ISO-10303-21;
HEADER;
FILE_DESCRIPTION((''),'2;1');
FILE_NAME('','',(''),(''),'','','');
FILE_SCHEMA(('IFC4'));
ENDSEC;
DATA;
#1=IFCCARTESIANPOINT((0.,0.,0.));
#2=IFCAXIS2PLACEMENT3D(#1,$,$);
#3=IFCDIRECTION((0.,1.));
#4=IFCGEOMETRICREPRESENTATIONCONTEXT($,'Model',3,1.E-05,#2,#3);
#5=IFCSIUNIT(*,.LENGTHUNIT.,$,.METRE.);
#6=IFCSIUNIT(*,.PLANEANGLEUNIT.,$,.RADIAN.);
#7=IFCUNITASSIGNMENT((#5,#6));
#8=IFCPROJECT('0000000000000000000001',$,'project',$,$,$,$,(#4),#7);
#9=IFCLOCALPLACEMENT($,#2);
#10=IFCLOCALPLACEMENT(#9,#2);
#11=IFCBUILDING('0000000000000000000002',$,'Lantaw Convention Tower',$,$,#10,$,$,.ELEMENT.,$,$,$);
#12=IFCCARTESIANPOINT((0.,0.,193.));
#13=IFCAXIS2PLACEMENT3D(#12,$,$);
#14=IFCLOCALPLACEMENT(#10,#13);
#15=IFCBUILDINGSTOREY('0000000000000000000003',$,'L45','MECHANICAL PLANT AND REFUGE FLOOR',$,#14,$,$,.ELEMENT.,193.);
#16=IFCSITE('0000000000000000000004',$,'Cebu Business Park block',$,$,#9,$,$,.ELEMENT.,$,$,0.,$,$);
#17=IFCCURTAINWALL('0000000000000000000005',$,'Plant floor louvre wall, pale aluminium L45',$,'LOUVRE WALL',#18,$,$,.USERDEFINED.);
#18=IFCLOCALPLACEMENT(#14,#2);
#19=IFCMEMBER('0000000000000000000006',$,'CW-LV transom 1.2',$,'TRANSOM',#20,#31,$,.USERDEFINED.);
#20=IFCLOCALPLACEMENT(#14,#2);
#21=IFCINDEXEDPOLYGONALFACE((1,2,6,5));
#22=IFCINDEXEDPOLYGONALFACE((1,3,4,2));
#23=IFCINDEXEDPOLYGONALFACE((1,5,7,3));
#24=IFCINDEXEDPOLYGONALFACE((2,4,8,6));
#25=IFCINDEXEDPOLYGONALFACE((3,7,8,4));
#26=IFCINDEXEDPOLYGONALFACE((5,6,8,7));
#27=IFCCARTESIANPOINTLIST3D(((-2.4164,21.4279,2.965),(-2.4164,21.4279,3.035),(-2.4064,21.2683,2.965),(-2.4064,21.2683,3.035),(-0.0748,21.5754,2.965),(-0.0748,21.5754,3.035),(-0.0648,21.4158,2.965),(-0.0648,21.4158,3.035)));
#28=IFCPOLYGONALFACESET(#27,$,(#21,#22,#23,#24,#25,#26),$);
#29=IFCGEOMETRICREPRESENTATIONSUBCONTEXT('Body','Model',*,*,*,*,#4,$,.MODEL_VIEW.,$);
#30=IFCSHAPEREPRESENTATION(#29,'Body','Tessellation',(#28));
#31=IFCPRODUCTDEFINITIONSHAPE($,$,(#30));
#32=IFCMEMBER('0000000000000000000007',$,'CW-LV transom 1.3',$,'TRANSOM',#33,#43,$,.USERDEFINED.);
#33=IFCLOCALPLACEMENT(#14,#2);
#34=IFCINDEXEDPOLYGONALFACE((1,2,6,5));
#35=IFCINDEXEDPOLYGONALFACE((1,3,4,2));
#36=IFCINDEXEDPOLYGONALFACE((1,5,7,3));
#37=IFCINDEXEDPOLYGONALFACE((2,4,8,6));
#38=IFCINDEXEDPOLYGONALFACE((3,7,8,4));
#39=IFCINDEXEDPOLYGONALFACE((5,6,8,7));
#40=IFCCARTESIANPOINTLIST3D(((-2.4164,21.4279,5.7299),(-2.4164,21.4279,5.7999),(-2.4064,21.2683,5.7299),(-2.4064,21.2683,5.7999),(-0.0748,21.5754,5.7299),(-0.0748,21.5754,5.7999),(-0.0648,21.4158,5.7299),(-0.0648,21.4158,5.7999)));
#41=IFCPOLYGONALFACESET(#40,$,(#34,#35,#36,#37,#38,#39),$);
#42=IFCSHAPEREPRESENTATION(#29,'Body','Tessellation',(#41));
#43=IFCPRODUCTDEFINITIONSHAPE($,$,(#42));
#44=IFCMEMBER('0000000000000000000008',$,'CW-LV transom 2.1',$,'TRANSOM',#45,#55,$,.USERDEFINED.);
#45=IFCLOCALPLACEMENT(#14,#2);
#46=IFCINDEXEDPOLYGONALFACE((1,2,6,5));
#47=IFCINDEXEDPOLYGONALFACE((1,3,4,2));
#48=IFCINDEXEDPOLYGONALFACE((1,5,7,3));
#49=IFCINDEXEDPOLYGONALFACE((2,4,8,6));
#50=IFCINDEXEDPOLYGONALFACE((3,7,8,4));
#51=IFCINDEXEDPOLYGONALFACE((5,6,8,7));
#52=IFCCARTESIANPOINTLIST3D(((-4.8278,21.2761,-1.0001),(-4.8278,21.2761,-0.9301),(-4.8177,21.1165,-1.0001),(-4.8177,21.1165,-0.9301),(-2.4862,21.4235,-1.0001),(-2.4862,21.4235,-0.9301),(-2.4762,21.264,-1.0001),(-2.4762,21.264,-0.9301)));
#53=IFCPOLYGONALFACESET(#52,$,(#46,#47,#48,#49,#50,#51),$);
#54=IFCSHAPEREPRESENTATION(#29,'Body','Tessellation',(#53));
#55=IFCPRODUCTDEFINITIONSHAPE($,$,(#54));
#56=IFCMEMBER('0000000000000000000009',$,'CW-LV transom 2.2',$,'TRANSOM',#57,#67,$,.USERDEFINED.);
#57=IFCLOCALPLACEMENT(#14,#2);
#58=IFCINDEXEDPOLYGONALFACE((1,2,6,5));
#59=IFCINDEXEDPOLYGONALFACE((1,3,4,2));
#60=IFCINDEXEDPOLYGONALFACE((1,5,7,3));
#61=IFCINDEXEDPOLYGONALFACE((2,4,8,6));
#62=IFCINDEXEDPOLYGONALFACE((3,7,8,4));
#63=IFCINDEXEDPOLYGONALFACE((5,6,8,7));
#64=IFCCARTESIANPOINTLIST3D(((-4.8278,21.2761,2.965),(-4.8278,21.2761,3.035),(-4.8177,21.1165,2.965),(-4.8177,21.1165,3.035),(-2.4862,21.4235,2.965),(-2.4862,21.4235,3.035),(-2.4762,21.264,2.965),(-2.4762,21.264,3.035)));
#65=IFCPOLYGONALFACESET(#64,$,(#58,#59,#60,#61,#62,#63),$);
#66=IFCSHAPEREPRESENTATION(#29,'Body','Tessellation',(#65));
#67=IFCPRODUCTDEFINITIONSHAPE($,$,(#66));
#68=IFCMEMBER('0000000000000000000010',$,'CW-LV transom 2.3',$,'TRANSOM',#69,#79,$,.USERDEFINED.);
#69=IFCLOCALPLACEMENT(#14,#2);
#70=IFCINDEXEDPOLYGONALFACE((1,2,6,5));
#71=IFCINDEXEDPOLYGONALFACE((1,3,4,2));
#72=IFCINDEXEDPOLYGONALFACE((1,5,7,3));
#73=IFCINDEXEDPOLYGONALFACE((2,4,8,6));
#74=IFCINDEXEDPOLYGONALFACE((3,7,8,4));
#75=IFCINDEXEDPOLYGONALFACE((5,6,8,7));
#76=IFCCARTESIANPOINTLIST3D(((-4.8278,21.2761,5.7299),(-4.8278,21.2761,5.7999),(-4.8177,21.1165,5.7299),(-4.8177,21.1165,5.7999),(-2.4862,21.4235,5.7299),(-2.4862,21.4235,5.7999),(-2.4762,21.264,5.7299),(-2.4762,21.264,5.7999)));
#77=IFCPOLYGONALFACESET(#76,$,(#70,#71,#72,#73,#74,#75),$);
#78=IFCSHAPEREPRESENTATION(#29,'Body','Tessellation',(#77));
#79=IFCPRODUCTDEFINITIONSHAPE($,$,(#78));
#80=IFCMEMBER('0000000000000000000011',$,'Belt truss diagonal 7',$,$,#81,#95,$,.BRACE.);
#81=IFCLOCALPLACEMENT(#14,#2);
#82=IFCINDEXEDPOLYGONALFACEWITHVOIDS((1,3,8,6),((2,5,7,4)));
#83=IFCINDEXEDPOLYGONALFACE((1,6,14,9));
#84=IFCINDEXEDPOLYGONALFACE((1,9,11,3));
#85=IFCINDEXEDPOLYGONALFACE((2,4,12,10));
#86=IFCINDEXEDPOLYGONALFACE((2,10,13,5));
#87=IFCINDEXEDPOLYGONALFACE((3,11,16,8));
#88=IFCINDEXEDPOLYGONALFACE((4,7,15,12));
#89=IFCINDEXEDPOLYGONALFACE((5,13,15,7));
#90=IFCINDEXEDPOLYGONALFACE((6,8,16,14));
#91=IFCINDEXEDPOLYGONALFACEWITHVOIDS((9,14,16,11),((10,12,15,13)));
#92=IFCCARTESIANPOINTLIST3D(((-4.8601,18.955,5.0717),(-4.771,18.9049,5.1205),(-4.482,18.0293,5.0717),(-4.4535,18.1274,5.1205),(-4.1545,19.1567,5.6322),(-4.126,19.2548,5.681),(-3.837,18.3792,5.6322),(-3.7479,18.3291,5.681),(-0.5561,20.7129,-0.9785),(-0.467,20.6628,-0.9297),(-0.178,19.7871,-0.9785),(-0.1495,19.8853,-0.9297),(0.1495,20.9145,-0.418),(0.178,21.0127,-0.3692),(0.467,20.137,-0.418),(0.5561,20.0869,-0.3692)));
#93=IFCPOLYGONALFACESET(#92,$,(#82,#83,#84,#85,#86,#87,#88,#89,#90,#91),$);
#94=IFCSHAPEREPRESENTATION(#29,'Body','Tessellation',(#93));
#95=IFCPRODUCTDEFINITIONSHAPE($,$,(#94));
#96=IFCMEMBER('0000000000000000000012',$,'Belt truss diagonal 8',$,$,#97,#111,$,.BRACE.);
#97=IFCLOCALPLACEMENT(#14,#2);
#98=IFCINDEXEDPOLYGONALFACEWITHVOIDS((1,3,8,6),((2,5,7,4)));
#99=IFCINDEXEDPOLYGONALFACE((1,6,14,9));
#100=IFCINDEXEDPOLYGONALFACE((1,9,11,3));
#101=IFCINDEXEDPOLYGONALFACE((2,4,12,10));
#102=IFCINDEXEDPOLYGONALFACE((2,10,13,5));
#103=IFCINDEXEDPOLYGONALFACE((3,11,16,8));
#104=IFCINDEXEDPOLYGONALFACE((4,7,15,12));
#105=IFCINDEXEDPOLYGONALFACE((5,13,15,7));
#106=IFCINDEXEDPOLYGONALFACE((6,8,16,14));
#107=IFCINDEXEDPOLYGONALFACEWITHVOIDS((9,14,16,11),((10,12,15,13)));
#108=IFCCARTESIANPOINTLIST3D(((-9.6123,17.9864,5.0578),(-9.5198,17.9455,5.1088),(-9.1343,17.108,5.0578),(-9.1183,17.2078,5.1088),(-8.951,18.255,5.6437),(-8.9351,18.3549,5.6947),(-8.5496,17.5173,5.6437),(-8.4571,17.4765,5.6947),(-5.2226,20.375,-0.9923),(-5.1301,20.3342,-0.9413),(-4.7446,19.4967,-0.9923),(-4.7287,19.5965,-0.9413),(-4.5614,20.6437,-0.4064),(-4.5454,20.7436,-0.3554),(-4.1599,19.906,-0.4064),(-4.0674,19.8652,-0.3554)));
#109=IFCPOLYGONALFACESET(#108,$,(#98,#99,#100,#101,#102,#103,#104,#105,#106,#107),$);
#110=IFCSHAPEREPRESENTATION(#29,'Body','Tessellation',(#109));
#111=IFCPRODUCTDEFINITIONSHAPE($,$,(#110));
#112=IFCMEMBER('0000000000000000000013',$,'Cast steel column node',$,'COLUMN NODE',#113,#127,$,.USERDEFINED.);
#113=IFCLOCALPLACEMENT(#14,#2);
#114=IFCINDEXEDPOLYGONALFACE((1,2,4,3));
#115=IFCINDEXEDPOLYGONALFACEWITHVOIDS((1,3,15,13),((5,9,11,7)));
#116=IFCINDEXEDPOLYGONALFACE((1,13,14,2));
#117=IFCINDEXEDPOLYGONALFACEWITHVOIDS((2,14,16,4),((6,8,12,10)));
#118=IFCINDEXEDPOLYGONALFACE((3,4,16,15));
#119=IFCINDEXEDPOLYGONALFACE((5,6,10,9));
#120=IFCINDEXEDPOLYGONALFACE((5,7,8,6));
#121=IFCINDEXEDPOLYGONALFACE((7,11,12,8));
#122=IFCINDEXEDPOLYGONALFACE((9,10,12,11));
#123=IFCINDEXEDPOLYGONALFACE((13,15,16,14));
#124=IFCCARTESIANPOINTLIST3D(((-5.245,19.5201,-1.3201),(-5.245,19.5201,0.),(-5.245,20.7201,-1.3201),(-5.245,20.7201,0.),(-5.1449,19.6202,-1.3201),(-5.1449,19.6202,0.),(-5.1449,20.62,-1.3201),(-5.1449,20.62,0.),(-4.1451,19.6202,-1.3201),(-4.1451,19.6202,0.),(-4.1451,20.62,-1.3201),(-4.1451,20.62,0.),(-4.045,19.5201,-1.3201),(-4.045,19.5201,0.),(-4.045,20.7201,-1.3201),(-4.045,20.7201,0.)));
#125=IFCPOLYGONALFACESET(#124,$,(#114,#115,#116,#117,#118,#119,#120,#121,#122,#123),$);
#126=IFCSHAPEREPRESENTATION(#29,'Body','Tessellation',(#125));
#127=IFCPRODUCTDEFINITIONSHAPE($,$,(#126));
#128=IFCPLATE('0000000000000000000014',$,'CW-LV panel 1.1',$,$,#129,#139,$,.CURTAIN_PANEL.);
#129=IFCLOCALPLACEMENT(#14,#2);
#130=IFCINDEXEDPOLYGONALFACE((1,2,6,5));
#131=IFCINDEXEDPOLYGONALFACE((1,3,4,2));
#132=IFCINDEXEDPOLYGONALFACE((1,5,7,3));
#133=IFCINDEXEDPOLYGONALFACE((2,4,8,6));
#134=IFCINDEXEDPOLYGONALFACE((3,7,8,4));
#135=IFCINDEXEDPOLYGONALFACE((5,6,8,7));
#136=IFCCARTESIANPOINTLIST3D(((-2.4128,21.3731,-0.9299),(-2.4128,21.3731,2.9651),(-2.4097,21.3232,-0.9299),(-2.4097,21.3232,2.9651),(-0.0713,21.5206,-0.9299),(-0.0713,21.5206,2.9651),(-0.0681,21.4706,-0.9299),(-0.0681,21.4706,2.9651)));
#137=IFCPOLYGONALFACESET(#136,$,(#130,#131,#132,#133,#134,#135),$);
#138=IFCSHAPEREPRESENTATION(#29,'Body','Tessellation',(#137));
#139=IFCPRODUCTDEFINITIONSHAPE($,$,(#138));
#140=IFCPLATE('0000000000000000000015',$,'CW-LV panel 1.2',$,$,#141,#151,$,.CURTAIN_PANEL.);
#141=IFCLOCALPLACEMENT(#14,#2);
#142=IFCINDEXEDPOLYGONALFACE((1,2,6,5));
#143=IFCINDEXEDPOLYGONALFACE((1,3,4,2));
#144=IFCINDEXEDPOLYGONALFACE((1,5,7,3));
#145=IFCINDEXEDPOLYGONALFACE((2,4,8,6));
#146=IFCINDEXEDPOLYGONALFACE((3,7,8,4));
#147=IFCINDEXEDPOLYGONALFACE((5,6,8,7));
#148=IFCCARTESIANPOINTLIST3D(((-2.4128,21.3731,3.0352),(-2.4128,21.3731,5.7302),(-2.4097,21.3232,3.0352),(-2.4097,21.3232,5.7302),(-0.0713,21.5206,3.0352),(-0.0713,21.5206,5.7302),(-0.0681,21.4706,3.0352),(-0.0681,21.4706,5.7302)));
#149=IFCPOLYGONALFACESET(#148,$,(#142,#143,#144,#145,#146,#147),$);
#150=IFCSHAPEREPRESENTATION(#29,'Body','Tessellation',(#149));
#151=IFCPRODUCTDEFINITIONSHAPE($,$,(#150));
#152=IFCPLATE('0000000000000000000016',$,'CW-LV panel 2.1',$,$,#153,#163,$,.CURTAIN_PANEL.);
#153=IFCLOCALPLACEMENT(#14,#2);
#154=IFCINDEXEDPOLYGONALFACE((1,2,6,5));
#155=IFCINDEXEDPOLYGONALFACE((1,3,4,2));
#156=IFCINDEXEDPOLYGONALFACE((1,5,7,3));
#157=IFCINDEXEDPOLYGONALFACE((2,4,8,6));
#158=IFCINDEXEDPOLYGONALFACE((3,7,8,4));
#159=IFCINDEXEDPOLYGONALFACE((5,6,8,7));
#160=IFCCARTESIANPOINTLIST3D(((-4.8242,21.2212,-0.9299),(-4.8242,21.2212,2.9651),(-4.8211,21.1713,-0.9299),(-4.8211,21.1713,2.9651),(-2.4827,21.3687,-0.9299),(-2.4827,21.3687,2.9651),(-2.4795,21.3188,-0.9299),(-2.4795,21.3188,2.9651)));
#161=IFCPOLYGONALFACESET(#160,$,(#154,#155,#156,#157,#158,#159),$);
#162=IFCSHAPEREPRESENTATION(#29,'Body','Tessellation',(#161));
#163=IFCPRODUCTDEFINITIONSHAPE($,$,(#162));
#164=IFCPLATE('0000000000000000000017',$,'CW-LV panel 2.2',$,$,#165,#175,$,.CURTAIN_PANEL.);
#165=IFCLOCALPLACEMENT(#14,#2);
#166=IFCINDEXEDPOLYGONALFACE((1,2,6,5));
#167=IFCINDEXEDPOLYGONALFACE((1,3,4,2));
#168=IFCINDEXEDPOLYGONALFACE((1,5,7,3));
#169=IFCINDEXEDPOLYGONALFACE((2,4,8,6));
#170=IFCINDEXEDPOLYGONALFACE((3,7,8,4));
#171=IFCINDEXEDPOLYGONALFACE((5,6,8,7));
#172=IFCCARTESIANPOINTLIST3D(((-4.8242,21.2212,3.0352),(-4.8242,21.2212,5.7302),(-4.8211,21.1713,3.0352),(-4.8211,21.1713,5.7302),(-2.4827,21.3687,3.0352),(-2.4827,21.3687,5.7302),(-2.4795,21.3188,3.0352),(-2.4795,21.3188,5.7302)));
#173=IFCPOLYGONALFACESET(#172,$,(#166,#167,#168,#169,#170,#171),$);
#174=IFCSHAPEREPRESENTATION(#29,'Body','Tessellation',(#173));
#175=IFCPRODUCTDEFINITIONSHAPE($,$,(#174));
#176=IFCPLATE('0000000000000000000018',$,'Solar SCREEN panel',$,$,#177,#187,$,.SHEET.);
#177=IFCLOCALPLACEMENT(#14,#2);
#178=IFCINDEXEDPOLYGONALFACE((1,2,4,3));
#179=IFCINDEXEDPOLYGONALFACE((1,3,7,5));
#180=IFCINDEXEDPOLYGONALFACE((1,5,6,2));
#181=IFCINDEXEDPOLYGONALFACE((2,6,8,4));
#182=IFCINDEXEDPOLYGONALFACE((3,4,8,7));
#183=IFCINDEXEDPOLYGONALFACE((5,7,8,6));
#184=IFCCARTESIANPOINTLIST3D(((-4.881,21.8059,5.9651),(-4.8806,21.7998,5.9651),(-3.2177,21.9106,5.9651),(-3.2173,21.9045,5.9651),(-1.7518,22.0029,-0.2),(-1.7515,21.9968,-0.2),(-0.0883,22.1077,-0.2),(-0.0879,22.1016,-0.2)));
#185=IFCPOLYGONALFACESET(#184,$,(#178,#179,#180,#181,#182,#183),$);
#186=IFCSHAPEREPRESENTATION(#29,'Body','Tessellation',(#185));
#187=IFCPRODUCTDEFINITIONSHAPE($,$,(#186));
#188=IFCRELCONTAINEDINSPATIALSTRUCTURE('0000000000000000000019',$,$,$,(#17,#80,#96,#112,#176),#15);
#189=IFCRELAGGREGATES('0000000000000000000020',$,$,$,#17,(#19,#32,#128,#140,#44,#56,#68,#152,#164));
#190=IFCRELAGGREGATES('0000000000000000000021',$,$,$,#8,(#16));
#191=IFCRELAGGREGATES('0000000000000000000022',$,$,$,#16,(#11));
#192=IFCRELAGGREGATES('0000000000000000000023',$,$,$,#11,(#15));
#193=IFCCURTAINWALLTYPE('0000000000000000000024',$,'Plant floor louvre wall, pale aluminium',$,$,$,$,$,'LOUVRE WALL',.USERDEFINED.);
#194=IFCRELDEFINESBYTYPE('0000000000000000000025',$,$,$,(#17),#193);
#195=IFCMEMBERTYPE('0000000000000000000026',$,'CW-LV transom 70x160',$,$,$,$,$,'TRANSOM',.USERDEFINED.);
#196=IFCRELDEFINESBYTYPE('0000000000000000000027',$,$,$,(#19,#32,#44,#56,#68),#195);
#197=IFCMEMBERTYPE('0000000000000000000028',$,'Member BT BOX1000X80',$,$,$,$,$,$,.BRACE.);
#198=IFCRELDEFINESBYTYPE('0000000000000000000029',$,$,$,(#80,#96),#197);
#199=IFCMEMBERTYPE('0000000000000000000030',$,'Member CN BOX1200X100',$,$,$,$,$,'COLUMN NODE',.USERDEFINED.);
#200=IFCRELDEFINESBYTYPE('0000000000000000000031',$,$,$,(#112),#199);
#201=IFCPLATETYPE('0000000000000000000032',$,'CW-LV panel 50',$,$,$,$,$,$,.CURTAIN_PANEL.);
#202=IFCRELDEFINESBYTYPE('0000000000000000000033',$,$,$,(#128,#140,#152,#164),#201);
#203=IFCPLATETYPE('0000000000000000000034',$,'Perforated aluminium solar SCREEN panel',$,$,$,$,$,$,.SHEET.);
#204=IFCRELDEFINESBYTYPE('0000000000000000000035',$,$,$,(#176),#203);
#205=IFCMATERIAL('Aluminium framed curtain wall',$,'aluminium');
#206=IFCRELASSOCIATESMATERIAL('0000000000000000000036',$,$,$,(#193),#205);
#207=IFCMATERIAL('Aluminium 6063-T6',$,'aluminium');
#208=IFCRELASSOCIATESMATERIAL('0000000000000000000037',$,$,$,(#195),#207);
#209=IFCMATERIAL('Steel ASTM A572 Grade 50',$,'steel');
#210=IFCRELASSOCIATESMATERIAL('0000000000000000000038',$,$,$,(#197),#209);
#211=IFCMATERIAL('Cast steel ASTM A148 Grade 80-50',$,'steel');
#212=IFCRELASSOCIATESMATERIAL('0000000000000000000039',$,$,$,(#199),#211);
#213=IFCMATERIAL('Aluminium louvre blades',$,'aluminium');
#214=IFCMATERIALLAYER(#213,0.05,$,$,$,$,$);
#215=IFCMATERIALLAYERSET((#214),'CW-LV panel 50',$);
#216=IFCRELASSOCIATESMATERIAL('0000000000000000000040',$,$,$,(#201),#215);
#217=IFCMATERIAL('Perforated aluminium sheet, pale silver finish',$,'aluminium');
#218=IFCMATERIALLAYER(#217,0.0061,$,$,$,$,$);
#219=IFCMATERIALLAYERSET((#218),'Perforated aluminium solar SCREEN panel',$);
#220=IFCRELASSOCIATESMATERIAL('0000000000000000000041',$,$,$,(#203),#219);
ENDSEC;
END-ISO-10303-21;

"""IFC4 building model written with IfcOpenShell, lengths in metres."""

from ifc_helpers import new_model, si_unit, direction, frame, origin, origin_2d, place, context, subcontext, project, spatial, polyline, rectangle, hollow_rectangle, outline, extrude, material, layer, layer_set, material_profile, profile_set, type_object, element, aggregate, save


model = new_model("IFC4")

# Units and contexts
model_context = context("Model", 3, precision=1e-05, world=origin(), true_north=direction((0.0, 1.0)))
body_context = subcontext(model_context, "Body", "Model", "MODEL_VIEW")
ifc_project = project(units=[si_unit("LENGTHUNIT", "METRE"), si_unit("PLANEANGLEUNIT", "RADIAN")], contexts=[model_context])

# Site, building, storey
site_placement = place(None, origin())
site = spatial("IfcSite", under=ifc_project, at=site_placement, Name="Cebu Business Park block", CompositionType="ELEMENT", RefElevation=0.0)
building_placement = place(site_placement, origin())
building = spatial("IfcBuilding", under=site, at=building_placement, Name="Lantaw Convention Tower", CompositionType="ELEMENT")
storey_placement = place(building_placement, frame((0.0, 0.0, 193.0)))
storey = spatial("IfcBuildingStorey", under=building, at=storey_placement, Name="L45", Description="MECHANICAL PLANT AND REFUGE FLOOR", CompositionType="ELEMENT", Elevation=193.0)

# Curtain wall, members
ifc_material_1 = material(Name="Aluminium framed curtain wall", Category="aluminium")
curtain_wall_type = type_object("IfcCurtainWallType", Name="Plant floor louvre wall, pale aluminium", ElementType="LOUVRE WALL", PredefinedType="USERDEFINED", material=ifc_material_1)
curtain_wall_placement = place(storey_placement, origin())
curtain_wall = element("IfcCurtainWall", 1, at=curtain_wall_placement, inside=storey, type_object=curtain_wall_type, Name="Plant floor louvre wall, pale aluminium L45", ObjectType="LOUVRE WALL", PredefinedType="USERDEFINED")
ifc_material_2 = material(Name="Aluminium 6063-T6", Category="aluminium")
ifc_material_profile_1 = material_profile(ifc_material_2, rectangle(XDim=0.1599, YDim=0.0701, at=origin_2d()), Name="CW-LV transom 70x160")
ifc_profile_set_1 = profile_set([ifc_material_profile_1], Name="Aluminium 6063-T6")
member_type_1 = type_object("IfcMemberType", Name="CW-LV transom 70x160", ElementType="TRANSOM", PredefinedType="USERDEFINED", material=ifc_profile_set_1)
member_1_placement = place(storey_placement, frame((-0.0698, 21.4956, 3.0), z_axis=(-0.998023, -0.062851, 0.0), x_axis=(0.062851, -0.998023, 0.0)))
member_1 = element("IfcMember", 2, at=member_1_placement, type_object=member_type_1, Name="CW-LV transom 1.2", ObjectType="TRANSOM", PredefinedType="USERDEFINED", context=body_context, shape_type="SweptSolid", body=[
    extrude(rectangle(XDim=0.1599, YDim=0.0701, at=origin_2d()), origin(), (0.0, 0.0, 1.0), 2.3462),
])
member_2_placement = place(storey_placement, frame((-0.0698, 21.4956, 5.7649), z_axis=(-0.998023, -0.062851, 0.0), x_axis=(0.062851, -0.998023, 0.0)))
member_2 = element("IfcMember", 3, at=member_2_placement, type_object=member_type_1, Name="CW-LV transom 1.3", ObjectType="TRANSOM", PredefinedType="USERDEFINED", context=body_context, shape_type="SweptSolid", body=[
    extrude(rectangle(XDim=0.1599, YDim=0.0701, at=origin_2d()), origin(), (0.0, 0.0, 1.0), 2.3462),
])
member_3_placement = place(storey_placement, frame((-2.4812, 21.3438, -0.9651), z_axis=(-0.998023, -0.062851, 0.0), x_axis=(0.062851, -0.998023, 0.0)))
member_3 = element("IfcMember", 4, at=member_3_placement, type_object=member_type_1, Name="CW-LV transom 2.1", ObjectType="TRANSOM", PredefinedType="USERDEFINED", context=body_context, shape_type="SweptSolid", body=[
    extrude(rectangle(XDim=0.1599, YDim=0.0701, at=origin_2d()), origin(), (0.0, 0.0, 1.0), 2.3462),
])
member_4_placement = place(storey_placement, frame((-2.4812, 21.3438, 3.0), z_axis=(-0.998023, -0.062851, 0.0), x_axis=(0.062851, -0.998023, 0.0)))
member_4 = element("IfcMember", 5, at=member_4_placement, type_object=member_type_1, Name="CW-LV transom 2.2", ObjectType="TRANSOM", PredefinedType="USERDEFINED", context=body_context, shape_type="SweptSolid", body=[
    extrude(rectangle(XDim=0.1599, YDim=0.0701, at=origin_2d()), origin(), (0.0, 0.0, 1.0), 2.3462),
])
member_5_placement = place(storey_placement, frame((-2.4812, 21.3438, 5.7649), z_axis=(-0.998023, -0.062851, 0.0), x_axis=(0.062851, -0.998023, 0.0)))
member_5 = element("IfcMember", 6, at=member_5_placement, type_object=member_type_1, Name="CW-LV transom 2.3", ObjectType="TRANSOM", PredefinedType="USERDEFINED", context=body_context, shape_type="SweptSolid", body=[
    extrude(rectangle(XDim=0.1599, YDim=0.0701, at=origin_2d()), origin(), (0.0, 0.0, 1.0), 2.3462),
])

# Members
ifc_material_3 = material(Name="Steel ASTM A572 Grade 50", Category="steel")
ifc_material_profile_2 = material_profile(ifc_material_3, hollow_rectangle(XDim=1.0, YDim=1.0, WallThickness=0.0801, at=origin_2d()), Name="BOX1000X80")
ifc_profile_set_2 = profile_set([ifc_material_profile_2], Name="Steel ASTM A572 Grade 50")
member_type_2 = type_object("IfcMemberType", Name="Member BT BOX1000X80", PredefinedType="BRACE", material=ifc_profile_set_2)
member_6_placement = place(storey_placement, frame((0.0, 20.3999, -0.6738), z_axis=(-0.564083, -0.230381, 0.792928), x_axis=(0.378099, -0.925765, 0.0)))
element("IfcMember", 7, at=member_6_placement, inside=storey, type_object=member_type_2, Name="Belt truss diagonal 7", PredefinedType="BRACE", context=body_context, shape_type="SweptSolid", body=[
    extrude(hollow_rectangle(XDim=1.0, YDim=1.0, WallThickness=0.0801, at=origin_2d()), origin(), (0.0, 0.0, 1.0), 7.6301),
])
member_7_placement = place(storey_placement, frame((-4.645, 20.1201, -0.6738), z_axis=(-0.559394, -0.3044, 0.770986), x_axis=(0.477976, -0.878373, 0.0)))
element("IfcMember", 8, at=member_7_placement, inside=storey, type_object=member_type_2, Name="Belt truss diagonal 8", PredefinedType="BRACE", context=body_context, shape_type="SweptSolid", body=[
    extrude(hollow_rectangle(XDim=1.0, YDim=1.0, WallThickness=0.0801, at=origin_2d()), origin(), (0.0, 0.0, 1.0), 7.8472),
])
ifc_material_4 = material(Name="Cast steel ASTM A148 Grade 80-50", Category="steel")
ifc_material_profile_3 = material_profile(ifc_material_4, hollow_rectangle(XDim=1.2, YDim=1.2, WallThickness=0.1001, at=origin_2d()), Name="BOX1200X100")
ifc_profile_set_3 = profile_set([ifc_material_profile_3], Name="Cast steel ASTM A148 Grade 80-50")
member_type_3 = type_object("IfcMemberType", Name="Member CN BOX1200X100", ElementType="COLUMN NODE", PredefinedType="USERDEFINED", material=ifc_profile_set_3)
member_8_placement = place(storey_placement, frame((-4.645, 20.1201, -1.3201), z_axis=(0.0, 0.0, 1.0), x_axis=(1.0, 0.0, 0.0)))
element("IfcMember", 9, at=member_8_placement, inside=storey, type_object=member_type_3, Name="Cast steel column node", ObjectType="COLUMN NODE", PredefinedType="USERDEFINED", context=body_context, shape_type="SweptSolid", body=[
    extrude(hollow_rectangle(XDim=1.2, YDim=1.2, WallThickness=0.1001, at=origin_2d()), origin(), (0.0, 0.0, 1.0), 1.3201),
])

# Plates
ifc_material_5 = material(Name="Aluminium louvre blades", Category="aluminium")
ifc_layer_1 = layer(ifc_material_5, 0.05)
ifc_layer_set_1 = layer_set([ifc_layer_1], Name="CW-LV panel 50")
plate_type_1 = type_object("IfcPlateType", Name="CW-LV panel 50", PredefinedType="CURTAIN_PANEL", material=ifc_layer_set_1)
plate_1_placement = place(storey_placement, frame((-1.2405, 21.4219, -0.9299), z_axis=(0.0, 0.0, 1.0), x_axis=(-0.998022, -0.062865, 0.0)))
plate_1 = element("IfcPlate", 10, at=plate_1_placement, type_object=plate_type_1, Name="CW-LV panel 1.1", PredefinedType="CURTAIN_PANEL", context=body_context, shape_type="SweptSolid", body=[
    extrude(rectangle(XDim=2.3462, YDim=0.05, at=origin_2d()), origin(), (0.0, 0.0, 1.0), 3.895),
])
plate_2_placement = place(storey_placement, frame((-1.2405, 21.4219, 3.0352), z_axis=(0.0, 0.0, 1.0), x_axis=(-0.998022, -0.062865, 0.0)))
plate_2 = element("IfcPlate", 11, at=plate_2_placement, type_object=plate_type_1, Name="CW-LV panel 1.2", PredefinedType="CURTAIN_PANEL", context=body_context, shape_type="SweptSolid", body=[
    extrude(rectangle(XDim=2.3462, YDim=0.05, at=origin_2d()), origin(), (0.0, 0.0, 1.0), 2.6951),
])
plate_3_placement = place(storey_placement, frame((-3.6519, 21.27, -0.9299), z_axis=(0.0, 0.0, 1.0), x_axis=(-0.998022, -0.062865, 0.0)))
plate_3 = element("IfcPlate", 12, at=plate_3_placement, type_object=plate_type_1, Name="CW-LV panel 2.1", PredefinedType="CURTAIN_PANEL", context=body_context, shape_type="SweptSolid", body=[
    extrude(rectangle(XDim=2.3462, YDim=0.05, at=origin_2d()), origin(), (0.0, 0.0, 1.0), 3.895),
])
plate_4_placement = place(storey_placement, frame((-3.6519, 21.27, 3.0352), z_axis=(0.0, 0.0, 1.0), x_axis=(-0.998022, -0.062865, 0.0)))
plate_4 = element("IfcPlate", 13, at=plate_4_placement, type_object=plate_type_1, Name="CW-LV panel 2.2", PredefinedType="CURTAIN_PANEL", context=body_context, shape_type="SweptSolid", body=[
    extrude(rectangle(XDim=2.3462, YDim=0.05, at=origin_2d()), origin(), (0.0, 0.0, 1.0), 2.6951),
])
aggregate(curtain_wall, [member_1, member_2, plate_1, plate_2, member_3, member_4, member_5, plate_3, plate_4])
ifc_material_6 = material(Name="Perforated aluminium sheet, pale silver finish", Category="aluminium")
ifc_layer_2 = layer(ifc_material_6, 0.0061)
ifc_layer_set_2 = layer_set([ifc_layer_2], Name="Perforated aluminium solar SCREEN panel")
plate_type_2 = type_object("IfcPlateType", Name="Perforated aluminium solar SCREEN panel", PredefinedType="SHEET", material=ifc_layer_set_2)
plate_5_placement = place(storey_placement, frame((-0.0879, 22.1016, -0.2), z_axis=(0.062839, -0.998024, 0.000001), x_axis=(-0.998024, -0.062839, 0.0)))
element("IfcPlate", 14, at=plate_5_placement, inside=storey, type_object=plate_type_2, Name="Solar SCREEN panel", PredefinedType="SHEET", context=body_context, shape_type="SweptSolid", body=[
    extrude(outline(polyline([(0.0, 0.0), (1.6669, 0.0), (4.8022, -6.165), (3.1356, -6.165), (0.0, 0.0)])), origin(), (0.0, 0.0, -1.0), 0.0061),
])

save(model, "model.ifc")
